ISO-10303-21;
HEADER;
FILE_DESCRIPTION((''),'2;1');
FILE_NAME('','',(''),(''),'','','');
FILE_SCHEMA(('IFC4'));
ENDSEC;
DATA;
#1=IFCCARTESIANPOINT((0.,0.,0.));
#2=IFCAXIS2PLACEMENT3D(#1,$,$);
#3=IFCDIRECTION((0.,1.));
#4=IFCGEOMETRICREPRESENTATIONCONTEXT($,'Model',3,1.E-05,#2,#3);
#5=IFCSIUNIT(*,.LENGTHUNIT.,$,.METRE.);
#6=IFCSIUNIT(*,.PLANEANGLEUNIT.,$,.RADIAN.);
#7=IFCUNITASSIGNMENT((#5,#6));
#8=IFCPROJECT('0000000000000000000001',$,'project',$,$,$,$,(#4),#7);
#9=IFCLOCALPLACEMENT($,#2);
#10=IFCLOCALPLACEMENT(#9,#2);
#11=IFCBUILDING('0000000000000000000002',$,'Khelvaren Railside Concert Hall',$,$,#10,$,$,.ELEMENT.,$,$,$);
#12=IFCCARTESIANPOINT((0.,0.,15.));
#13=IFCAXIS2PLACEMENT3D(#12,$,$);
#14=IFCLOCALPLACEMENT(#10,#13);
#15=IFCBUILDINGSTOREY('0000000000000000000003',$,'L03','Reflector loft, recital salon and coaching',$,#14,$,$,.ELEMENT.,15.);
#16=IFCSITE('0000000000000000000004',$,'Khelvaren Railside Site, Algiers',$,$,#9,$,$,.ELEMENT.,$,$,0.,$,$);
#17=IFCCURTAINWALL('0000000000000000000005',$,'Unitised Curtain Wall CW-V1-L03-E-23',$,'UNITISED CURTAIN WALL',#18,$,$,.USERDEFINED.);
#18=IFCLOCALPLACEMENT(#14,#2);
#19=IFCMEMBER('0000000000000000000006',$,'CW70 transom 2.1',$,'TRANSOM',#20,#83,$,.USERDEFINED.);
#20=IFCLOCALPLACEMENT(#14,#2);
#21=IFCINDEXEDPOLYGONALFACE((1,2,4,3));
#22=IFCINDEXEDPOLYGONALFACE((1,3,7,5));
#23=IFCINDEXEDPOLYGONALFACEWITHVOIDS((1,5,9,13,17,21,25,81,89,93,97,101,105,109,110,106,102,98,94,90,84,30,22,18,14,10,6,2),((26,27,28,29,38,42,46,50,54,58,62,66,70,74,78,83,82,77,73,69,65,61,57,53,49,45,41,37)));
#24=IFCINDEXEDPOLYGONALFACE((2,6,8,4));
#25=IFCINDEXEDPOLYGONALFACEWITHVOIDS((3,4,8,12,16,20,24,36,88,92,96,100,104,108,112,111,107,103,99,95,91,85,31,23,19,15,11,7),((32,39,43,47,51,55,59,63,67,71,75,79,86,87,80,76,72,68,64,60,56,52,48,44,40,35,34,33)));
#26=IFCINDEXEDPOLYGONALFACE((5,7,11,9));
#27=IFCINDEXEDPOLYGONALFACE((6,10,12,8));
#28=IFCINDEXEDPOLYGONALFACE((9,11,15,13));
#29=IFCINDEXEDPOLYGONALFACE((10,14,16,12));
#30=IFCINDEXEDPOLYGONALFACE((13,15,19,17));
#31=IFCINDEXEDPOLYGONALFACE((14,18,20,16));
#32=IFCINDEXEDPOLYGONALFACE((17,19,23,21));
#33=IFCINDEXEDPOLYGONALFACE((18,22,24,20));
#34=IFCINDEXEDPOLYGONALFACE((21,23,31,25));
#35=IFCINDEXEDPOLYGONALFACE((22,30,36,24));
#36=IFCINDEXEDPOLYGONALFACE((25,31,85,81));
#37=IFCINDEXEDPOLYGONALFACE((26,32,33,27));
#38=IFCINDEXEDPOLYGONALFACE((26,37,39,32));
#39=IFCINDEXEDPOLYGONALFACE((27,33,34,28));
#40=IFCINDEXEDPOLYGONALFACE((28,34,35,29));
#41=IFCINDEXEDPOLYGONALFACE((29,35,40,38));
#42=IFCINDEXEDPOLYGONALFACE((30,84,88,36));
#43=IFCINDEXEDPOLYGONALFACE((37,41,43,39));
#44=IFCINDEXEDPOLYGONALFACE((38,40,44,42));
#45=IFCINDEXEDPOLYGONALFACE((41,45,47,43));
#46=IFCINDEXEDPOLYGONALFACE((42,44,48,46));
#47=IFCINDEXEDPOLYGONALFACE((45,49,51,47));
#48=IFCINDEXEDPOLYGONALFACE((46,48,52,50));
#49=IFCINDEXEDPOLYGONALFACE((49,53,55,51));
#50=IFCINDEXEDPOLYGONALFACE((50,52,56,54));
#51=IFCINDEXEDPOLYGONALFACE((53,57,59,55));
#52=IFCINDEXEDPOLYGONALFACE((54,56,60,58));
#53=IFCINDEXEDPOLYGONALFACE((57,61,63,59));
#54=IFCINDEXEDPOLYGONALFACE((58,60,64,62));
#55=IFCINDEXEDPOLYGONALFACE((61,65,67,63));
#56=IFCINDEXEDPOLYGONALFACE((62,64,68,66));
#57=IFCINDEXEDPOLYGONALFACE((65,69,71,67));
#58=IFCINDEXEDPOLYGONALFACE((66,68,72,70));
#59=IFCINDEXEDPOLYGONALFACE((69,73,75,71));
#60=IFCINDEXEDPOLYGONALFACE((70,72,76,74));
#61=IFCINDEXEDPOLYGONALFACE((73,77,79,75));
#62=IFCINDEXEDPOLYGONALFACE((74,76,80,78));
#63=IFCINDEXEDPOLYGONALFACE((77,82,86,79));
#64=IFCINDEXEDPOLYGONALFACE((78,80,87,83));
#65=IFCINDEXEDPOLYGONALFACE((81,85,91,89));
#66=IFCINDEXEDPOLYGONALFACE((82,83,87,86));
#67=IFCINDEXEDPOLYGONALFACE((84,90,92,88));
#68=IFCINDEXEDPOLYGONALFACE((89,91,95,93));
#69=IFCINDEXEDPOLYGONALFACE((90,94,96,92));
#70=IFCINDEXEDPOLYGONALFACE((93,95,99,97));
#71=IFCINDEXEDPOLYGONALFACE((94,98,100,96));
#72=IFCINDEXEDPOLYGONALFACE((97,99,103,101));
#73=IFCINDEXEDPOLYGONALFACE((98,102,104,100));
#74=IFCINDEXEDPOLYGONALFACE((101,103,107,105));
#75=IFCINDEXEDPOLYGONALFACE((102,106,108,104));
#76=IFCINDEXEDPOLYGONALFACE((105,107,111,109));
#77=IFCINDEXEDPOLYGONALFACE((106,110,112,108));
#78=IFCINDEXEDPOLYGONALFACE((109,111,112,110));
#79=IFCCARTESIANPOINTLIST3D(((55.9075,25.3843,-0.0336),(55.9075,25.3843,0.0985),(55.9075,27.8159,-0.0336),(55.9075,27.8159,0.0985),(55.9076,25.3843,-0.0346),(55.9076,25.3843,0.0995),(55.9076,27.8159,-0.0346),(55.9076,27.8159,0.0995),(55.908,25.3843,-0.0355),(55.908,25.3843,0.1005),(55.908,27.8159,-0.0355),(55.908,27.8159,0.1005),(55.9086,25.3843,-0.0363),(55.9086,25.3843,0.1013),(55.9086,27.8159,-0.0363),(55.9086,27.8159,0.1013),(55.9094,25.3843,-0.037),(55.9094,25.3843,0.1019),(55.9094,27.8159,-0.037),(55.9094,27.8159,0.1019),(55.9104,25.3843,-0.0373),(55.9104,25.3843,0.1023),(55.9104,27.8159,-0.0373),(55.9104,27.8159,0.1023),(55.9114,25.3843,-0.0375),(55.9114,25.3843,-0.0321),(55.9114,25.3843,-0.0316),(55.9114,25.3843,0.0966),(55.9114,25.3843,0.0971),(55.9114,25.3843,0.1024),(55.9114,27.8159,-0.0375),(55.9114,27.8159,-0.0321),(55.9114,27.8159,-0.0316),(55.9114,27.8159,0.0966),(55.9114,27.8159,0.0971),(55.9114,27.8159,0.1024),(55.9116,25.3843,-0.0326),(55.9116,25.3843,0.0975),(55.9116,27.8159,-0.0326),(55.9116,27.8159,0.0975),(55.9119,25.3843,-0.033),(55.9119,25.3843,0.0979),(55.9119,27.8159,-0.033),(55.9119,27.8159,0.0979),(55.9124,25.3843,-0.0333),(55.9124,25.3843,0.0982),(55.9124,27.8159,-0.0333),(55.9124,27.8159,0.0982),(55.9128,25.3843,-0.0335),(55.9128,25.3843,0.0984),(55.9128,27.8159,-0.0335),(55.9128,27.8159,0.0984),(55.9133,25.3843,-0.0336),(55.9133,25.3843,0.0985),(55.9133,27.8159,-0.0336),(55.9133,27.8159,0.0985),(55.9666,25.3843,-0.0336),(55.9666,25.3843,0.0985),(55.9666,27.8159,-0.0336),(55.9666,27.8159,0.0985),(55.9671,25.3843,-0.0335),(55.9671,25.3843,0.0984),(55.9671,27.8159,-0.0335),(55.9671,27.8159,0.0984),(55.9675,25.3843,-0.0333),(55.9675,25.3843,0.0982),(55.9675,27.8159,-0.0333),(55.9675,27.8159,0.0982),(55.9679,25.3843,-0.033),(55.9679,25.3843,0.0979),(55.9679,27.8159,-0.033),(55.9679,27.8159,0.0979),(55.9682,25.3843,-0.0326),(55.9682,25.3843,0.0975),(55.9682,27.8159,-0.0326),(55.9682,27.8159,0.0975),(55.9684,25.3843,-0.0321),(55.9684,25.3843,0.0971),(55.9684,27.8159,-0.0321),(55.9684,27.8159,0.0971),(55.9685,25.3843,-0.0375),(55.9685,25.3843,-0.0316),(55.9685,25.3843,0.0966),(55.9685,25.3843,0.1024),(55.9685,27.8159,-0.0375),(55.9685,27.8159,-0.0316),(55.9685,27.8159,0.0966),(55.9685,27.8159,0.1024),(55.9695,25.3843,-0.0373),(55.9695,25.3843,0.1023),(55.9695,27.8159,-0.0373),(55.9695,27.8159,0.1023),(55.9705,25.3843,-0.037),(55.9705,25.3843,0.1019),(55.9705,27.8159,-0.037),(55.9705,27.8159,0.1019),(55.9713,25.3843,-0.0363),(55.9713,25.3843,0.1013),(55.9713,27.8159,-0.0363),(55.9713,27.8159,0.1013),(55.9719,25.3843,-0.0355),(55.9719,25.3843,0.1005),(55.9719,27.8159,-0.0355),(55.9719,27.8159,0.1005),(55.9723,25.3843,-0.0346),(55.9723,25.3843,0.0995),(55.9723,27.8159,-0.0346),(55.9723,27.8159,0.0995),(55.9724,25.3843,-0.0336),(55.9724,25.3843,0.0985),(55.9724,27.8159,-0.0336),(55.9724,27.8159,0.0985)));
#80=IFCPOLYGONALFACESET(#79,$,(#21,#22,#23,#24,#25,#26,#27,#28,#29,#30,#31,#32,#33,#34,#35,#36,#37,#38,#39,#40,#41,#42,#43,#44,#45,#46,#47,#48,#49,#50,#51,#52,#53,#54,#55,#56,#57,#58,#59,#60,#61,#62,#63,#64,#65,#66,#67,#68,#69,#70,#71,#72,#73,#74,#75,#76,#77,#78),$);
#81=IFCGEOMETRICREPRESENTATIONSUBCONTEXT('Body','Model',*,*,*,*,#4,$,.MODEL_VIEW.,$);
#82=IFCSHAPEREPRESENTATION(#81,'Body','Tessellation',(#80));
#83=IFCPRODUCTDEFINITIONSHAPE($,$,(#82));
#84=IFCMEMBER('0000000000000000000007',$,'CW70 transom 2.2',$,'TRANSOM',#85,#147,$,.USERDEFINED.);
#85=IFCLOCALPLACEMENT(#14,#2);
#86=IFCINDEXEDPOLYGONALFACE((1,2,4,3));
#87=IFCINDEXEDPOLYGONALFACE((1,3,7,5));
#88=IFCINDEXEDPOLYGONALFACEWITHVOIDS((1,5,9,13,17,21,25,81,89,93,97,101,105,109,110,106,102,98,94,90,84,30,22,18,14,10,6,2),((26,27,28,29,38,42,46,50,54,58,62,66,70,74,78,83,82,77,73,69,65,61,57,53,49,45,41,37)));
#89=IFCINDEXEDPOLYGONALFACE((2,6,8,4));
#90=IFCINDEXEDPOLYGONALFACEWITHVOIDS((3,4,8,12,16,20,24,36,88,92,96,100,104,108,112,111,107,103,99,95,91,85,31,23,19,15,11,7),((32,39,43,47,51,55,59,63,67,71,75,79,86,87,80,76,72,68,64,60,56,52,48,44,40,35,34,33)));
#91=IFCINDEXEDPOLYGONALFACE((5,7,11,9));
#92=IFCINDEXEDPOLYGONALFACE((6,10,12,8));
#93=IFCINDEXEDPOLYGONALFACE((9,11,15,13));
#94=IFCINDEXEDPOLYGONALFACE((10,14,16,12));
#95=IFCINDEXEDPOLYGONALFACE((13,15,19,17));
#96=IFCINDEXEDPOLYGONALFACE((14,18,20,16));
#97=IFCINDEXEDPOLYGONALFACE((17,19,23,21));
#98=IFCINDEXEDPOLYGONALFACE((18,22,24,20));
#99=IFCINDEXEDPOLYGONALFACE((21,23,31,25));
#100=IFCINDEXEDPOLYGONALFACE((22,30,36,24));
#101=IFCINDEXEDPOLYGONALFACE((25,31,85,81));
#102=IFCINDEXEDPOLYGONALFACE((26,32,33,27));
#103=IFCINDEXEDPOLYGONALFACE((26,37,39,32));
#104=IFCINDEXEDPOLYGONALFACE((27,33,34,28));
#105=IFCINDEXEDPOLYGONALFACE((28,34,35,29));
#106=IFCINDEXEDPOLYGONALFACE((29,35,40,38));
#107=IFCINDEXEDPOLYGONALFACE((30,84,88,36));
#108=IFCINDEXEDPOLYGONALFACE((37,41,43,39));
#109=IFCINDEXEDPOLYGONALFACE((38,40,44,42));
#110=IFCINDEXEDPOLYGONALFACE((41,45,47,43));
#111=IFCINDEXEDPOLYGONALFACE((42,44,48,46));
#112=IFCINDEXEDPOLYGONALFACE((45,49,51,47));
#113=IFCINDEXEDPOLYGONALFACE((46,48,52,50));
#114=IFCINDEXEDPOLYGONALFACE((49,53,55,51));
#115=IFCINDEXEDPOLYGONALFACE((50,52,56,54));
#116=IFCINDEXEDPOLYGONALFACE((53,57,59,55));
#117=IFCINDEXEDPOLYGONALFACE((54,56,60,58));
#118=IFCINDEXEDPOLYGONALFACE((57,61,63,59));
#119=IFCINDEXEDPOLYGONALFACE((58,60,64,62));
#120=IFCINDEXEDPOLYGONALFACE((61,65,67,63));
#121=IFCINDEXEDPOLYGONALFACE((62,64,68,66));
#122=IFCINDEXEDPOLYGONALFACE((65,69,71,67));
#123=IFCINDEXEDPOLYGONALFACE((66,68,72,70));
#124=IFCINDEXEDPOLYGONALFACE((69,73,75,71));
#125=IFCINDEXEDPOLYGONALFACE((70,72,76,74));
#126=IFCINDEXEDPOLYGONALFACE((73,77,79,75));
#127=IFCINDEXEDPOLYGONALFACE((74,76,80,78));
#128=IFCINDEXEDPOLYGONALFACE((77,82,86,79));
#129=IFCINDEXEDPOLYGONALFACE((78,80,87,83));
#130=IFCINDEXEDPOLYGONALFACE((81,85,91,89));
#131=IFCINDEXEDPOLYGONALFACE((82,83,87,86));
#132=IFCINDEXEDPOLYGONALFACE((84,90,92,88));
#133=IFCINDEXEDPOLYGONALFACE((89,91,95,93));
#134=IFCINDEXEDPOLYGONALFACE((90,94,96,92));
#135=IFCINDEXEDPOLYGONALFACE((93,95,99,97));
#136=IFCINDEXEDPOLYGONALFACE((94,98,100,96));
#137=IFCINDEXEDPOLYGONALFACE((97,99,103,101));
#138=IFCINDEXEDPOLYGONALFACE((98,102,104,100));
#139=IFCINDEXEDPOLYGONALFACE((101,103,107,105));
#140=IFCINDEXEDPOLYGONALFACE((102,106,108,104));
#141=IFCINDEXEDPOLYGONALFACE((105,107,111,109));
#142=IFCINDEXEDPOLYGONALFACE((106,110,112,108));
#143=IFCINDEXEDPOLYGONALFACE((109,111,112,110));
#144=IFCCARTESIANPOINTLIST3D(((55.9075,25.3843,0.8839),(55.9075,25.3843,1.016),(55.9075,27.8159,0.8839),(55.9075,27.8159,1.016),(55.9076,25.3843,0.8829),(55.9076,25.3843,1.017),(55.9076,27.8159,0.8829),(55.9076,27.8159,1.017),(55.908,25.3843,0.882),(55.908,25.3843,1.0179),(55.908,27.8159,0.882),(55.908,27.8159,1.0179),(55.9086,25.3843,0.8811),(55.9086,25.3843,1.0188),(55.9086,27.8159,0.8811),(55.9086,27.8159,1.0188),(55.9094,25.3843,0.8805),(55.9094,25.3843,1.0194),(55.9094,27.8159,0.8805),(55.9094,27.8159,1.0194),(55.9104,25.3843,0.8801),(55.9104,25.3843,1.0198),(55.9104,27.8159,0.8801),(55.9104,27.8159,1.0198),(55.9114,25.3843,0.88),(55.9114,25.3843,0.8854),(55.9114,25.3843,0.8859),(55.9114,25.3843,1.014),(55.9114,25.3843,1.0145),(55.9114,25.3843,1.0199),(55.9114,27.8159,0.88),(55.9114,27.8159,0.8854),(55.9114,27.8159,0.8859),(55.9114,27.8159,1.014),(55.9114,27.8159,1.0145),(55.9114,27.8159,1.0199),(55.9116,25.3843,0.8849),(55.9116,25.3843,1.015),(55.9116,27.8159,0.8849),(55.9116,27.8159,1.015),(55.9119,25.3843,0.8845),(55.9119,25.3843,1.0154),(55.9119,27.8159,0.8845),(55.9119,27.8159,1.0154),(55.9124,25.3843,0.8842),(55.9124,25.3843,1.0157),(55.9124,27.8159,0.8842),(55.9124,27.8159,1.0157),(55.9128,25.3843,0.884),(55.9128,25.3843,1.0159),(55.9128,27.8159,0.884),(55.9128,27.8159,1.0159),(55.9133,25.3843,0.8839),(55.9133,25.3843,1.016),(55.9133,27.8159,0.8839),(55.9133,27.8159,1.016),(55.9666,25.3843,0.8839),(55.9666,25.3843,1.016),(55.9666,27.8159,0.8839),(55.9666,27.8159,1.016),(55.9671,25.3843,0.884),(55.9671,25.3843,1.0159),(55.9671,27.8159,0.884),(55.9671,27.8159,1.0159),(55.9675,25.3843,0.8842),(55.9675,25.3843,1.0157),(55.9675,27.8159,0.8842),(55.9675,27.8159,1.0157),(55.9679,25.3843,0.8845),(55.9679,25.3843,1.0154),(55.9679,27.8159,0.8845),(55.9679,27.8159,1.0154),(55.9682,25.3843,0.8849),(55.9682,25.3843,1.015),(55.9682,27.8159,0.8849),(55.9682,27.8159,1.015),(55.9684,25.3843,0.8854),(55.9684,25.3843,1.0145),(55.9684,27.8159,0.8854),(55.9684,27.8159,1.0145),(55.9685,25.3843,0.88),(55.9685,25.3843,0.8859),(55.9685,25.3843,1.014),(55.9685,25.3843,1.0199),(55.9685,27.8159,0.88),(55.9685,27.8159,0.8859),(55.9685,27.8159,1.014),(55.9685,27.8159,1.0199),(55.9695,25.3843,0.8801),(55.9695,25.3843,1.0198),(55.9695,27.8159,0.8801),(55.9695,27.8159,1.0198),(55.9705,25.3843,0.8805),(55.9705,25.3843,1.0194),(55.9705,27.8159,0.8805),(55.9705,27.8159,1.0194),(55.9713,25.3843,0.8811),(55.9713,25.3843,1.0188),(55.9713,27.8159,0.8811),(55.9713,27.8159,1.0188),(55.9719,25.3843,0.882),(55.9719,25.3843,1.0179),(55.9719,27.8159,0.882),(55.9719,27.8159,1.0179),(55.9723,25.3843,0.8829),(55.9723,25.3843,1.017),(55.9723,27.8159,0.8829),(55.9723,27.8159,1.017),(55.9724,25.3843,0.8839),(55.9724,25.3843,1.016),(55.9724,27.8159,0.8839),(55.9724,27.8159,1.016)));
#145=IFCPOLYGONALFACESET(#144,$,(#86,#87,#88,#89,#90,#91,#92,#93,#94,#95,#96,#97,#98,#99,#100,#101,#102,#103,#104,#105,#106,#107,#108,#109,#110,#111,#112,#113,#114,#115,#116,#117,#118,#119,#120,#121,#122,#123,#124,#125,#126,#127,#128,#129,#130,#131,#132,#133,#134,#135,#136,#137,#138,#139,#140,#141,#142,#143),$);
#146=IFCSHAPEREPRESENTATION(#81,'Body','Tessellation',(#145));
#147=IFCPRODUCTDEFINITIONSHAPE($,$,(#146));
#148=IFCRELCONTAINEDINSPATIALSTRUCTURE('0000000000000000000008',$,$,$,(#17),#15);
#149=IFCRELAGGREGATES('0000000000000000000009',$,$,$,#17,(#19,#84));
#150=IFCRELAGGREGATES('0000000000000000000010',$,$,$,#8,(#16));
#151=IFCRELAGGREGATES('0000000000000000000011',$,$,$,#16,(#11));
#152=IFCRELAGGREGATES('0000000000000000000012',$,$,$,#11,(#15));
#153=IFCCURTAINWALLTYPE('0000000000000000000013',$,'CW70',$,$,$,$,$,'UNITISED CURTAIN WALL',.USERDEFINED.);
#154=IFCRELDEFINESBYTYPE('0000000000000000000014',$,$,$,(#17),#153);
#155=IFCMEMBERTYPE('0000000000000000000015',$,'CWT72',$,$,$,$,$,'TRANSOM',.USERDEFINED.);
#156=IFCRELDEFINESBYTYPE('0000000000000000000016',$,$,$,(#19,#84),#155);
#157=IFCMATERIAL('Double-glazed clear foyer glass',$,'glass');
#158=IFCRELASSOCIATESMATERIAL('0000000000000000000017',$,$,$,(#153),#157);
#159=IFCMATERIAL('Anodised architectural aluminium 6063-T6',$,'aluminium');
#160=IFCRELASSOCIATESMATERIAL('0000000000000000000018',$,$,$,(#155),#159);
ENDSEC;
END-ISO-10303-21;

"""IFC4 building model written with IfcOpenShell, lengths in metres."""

from ifc_helpers import new_model, si_unit, direction, frame, origin, origin_2d, place, context, subcontext, project, spatial, hollow_rectangle, extrude, material, material_profile, profile_set, type_object, element, aggregate, save


model = new_model("IFC4")

# Units and contexts
model_context = context("Model", 3, precision=1e-05, world=origin(), true_north=direction((0.0, 1.0)))
body_context = subcontext(model_context, "Body", "Model", "MODEL_VIEW")
ifc_project = project(units=[si_unit("LENGTHUNIT", "METRE"), si_unit("PLANEANGLEUNIT", "RADIAN")], contexts=[model_context])

# Site, building, storey
site_placement = place(None, origin())
site = spatial("IfcSite", under=ifc_project, at=site_placement, Name="Khelvaren Railside Site, Algiers", CompositionType="ELEMENT", RefElevation=0.0)
building_placement = place(site_placement, origin())
building = spatial("IfcBuilding", under=site, at=building_placement, Name="Khelvaren Railside Concert Hall", CompositionType="ELEMENT")
storey_placement = place(building_placement, frame((0.0, 0.0, 15.0)))
storey = spatial("IfcBuildingStorey", under=building, at=storey_placement, Name="L03", Description="Reflector loft, recital salon and coaching", CompositionType="ELEMENT", Elevation=15.0)

# Curtain wall
ifc_material_1 = material(Name="Double-glazed clear foyer glass", Category="glass")
curtain_wall_type_1 = type_object("IfcCurtainWallType", Name="CW70", ElementType="UNITISED CURTAIN WALL", PredefinedType="USERDEFINED", material=ifc_material_1)
curtain_wall_1_placement = place(storey_placement, origin())
curtain_wall_1 = element("IfcCurtainWall", 1, at=curtain_wall_1_placement, inside=storey, type_object=curtain_wall_type_1, Name="Unitised Curtain Wall CW-V1-L03-E-23", ObjectType="UNITISED CURTAIN WALL", PredefinedType="USERDEFINED")
ifc_material_2 = material(Name="Anodised architectural aluminium 6063-T6", Category="aluminium")

# Members
ifc_material_profile_1 = material_profile(ifc_material_2, hollow_rectangle(XDim=0.0649, YDim=0.1399, WallThickness=0.0039, InnerFilletRadius=0.002, OuterFilletRadius=0.0039, at=origin_2d()), Name="CWT 65x140x4")
ifc_profile_set_1 = profile_set([ifc_material_profile_1], Name="Anodised architectural aluminium 6063-T6")
member_type_1 = type_object("IfcMemberType", Name="CWT72", ElementType="TRANSOM", PredefinedType="USERDEFINED", material=ifc_profile_set_1)
member_1_placement = place(storey_placement, frame((55.9399, 27.8159, 0.0325), z_axis=(0.0, -1.0, 0.0), x_axis=(1.0, 0.0, 0.0)))
member_1 = element("IfcMember", 2, at=member_1_placement, type_object=member_type_1, Name="CW70 transom 2.1", ObjectType="TRANSOM", PredefinedType="USERDEFINED", context=body_context, shape_type="SweptSolid", body=[
    extrude(hollow_rectangle(XDim=0.0649, YDim=0.1399, WallThickness=0.0039, InnerFilletRadius=0.002, OuterFilletRadius=0.0039, at=origin_2d()), origin(), (0.0, 0.0, 1.0), 2.4316),
])
member_2_placement = place(storey_placement, frame((55.9399, 27.8159, 0.95), z_axis=(0.0, -1.0, 0.0), x_axis=(1.0, 0.0, 0.0)))
member_2 = element("IfcMember", 3, at=member_2_placement, type_object=member_type_1, Name="CW70 transom 2.2", ObjectType="TRANSOM", PredefinedType="USERDEFINED", context=body_context, shape_type="SweptSolid", body=[
    extrude(hollow_rectangle(XDim=0.0649, YDim=0.1399, WallThickness=0.0039, InnerFilletRadius=0.002, OuterFilletRadius=0.0039, at=origin_2d()), origin(), (0.0, 0.0, 1.0), 2.4316),
])

aggregate(curtain_wall_1, [member_1, member_2])

save(model, "model.ifc")
